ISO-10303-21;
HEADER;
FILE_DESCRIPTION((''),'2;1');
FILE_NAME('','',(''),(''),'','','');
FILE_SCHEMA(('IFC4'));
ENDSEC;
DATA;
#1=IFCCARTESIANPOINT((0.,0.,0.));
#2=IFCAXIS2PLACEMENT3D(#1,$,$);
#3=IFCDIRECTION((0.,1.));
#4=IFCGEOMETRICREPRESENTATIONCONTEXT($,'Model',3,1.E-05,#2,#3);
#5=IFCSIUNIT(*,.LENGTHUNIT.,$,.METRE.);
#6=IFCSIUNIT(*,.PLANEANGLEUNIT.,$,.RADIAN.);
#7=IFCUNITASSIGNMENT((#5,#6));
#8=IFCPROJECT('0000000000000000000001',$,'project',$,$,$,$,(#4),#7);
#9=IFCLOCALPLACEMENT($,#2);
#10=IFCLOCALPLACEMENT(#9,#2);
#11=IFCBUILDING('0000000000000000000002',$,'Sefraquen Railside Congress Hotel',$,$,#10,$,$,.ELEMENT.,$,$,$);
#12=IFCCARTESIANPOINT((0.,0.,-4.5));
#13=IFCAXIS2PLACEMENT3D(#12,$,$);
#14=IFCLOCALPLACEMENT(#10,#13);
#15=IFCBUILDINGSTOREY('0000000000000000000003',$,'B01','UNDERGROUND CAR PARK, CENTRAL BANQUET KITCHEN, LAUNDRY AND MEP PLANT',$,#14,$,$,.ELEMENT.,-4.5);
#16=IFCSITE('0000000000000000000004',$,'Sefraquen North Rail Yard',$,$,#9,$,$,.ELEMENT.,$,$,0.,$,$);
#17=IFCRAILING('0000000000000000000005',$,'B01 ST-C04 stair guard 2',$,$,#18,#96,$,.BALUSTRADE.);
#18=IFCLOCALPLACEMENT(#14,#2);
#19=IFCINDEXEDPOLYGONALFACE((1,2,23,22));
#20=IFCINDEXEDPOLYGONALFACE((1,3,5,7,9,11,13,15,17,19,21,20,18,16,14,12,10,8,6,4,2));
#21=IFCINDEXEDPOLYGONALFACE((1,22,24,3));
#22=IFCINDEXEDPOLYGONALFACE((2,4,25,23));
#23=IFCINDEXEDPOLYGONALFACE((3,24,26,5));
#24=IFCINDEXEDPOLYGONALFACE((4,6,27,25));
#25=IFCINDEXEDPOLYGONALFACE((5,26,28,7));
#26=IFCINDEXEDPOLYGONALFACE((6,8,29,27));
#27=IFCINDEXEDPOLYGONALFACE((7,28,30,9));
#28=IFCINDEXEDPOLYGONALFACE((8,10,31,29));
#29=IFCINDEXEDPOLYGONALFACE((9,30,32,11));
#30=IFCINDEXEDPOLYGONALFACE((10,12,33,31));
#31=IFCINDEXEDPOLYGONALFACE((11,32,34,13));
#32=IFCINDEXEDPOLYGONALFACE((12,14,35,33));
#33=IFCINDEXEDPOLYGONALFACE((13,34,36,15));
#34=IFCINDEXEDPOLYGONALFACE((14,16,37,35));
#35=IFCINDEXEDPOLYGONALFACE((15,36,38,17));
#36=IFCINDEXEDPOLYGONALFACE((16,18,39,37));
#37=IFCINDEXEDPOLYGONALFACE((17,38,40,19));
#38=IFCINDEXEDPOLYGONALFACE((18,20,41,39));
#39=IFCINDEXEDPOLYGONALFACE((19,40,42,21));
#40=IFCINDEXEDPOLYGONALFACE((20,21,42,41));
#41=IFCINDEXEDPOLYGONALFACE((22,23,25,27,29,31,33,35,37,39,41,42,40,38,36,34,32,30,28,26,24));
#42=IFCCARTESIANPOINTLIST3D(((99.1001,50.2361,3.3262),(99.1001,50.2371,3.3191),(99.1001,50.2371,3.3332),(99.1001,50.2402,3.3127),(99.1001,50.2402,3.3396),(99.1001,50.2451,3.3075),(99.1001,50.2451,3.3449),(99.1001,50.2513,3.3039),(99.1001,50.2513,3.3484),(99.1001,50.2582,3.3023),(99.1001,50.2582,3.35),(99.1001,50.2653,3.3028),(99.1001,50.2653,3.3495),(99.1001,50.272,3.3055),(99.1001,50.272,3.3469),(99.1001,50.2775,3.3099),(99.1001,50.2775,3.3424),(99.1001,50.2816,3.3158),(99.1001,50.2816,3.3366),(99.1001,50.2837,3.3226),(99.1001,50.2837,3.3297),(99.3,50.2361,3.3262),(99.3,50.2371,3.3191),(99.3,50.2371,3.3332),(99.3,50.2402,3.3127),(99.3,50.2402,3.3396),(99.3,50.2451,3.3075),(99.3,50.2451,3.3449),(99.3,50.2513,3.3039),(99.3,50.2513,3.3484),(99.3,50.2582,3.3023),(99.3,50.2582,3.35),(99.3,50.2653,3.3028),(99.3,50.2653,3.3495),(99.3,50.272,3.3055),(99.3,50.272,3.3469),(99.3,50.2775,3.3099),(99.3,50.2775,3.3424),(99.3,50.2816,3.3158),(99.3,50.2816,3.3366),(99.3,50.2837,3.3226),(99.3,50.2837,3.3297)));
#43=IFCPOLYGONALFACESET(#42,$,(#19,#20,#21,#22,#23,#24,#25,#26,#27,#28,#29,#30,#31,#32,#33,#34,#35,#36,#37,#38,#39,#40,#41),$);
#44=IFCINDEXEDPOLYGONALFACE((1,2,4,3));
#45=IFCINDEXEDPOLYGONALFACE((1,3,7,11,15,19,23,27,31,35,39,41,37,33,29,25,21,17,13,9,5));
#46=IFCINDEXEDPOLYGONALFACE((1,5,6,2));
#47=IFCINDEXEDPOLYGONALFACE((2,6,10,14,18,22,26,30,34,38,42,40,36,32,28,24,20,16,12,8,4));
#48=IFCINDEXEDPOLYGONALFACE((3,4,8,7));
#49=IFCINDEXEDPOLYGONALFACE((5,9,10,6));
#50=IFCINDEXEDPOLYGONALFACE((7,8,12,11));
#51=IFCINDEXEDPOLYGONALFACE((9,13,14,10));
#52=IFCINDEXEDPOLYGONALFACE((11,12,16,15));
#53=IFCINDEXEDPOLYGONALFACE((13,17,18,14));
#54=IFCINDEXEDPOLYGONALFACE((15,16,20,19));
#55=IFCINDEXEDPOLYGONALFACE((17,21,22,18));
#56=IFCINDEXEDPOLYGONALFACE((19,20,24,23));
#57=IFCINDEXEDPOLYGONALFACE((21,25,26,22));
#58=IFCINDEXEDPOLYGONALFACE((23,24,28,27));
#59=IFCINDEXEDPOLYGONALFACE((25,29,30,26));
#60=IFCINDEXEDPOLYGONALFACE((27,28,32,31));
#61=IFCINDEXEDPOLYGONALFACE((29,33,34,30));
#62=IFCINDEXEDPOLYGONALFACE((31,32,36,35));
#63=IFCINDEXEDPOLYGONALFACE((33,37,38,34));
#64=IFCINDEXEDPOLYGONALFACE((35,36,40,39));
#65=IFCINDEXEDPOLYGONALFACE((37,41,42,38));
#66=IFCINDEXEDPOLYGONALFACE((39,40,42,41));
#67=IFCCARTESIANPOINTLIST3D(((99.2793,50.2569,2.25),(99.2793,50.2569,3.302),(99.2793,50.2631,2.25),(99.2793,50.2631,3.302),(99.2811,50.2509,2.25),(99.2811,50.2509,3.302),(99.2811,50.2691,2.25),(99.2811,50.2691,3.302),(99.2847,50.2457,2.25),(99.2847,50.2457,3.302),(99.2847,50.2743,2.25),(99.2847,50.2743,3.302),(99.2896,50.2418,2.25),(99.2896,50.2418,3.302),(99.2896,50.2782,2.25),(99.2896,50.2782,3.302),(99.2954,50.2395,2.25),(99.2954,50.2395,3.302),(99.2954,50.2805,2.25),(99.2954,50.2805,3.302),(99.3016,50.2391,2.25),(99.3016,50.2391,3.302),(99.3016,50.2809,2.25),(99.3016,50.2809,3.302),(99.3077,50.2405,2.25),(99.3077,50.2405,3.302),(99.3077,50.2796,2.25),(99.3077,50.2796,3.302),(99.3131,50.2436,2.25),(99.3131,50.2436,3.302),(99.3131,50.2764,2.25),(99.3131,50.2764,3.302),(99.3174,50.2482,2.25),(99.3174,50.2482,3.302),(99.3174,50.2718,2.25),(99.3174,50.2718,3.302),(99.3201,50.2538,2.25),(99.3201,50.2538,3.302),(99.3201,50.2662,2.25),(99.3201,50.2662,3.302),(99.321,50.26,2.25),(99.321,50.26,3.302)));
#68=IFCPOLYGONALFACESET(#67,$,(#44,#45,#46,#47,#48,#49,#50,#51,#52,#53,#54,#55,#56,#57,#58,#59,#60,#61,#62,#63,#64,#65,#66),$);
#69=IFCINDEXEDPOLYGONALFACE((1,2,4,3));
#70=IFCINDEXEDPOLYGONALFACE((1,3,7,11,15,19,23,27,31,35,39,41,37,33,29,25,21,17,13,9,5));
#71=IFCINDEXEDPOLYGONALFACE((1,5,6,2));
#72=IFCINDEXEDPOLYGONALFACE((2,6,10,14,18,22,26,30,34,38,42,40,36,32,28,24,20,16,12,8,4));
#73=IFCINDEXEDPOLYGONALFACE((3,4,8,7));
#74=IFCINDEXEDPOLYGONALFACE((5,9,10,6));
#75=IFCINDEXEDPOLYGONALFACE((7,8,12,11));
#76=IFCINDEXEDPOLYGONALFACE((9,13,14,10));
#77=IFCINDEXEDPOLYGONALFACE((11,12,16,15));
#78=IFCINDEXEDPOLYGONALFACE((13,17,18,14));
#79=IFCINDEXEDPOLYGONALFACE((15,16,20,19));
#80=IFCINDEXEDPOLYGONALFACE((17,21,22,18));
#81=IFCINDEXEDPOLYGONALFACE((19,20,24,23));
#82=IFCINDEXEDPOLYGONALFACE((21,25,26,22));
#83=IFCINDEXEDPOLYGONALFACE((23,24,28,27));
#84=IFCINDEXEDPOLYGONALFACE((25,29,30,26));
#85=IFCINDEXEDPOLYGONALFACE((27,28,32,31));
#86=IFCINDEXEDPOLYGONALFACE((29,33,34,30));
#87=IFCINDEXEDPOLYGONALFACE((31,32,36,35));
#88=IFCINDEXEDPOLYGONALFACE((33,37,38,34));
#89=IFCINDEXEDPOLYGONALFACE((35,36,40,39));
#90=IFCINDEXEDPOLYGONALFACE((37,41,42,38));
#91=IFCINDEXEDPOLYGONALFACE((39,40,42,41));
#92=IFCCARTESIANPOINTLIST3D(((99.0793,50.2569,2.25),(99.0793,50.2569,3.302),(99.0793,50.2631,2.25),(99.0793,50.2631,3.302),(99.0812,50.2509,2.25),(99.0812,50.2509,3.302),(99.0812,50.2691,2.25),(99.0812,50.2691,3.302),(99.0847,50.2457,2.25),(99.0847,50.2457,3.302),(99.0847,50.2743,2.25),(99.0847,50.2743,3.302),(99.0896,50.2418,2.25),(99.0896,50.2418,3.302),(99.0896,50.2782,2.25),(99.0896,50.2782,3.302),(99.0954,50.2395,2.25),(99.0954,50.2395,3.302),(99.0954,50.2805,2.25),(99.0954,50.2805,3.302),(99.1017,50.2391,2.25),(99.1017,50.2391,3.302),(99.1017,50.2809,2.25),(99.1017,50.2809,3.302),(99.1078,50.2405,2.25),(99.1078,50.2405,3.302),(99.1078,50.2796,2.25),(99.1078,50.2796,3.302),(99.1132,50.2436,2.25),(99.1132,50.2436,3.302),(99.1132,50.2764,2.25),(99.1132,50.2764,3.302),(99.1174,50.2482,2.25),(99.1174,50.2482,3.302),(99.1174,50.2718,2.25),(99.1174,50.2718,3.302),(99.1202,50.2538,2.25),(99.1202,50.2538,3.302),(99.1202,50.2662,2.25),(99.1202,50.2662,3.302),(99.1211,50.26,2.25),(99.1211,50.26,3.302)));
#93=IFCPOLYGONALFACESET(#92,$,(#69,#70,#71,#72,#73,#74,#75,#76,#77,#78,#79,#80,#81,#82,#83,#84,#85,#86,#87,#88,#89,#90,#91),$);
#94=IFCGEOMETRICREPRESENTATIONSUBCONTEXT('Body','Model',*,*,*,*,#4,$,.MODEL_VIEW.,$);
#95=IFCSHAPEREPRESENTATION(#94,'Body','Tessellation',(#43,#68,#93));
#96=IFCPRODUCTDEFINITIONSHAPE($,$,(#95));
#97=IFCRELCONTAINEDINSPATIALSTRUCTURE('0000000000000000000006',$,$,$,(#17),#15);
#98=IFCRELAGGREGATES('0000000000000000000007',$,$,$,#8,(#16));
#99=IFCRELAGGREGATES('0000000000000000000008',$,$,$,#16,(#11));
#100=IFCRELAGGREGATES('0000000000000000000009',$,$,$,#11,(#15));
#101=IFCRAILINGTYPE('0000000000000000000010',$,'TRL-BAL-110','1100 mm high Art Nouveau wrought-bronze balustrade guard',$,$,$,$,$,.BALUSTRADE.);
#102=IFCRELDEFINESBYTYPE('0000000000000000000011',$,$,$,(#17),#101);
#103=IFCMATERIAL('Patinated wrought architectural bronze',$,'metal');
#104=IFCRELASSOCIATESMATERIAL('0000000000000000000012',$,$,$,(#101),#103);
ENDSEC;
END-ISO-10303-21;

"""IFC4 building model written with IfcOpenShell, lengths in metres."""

from ifc_helpers import new_model, si_unit, direction, frame, origin, origin_2d, place, context, subcontext, project, spatial, circle, extrude, material, type_object, element, save


model = new_model("IFC4")

# Units and contexts
model_context = context("Model", 3, precision=1e-05, world=origin(), true_north=direction((0.0, 1.0)))
body_context = subcontext(model_context, "Body", "Model", "MODEL_VIEW")
ifc_project = project(units=[si_unit("LENGTHUNIT", "METRE"), si_unit("PLANEANGLEUNIT", "RADIAN")], contexts=[model_context])

# Site, building, storey
site_placement = place(None, origin())
site = spatial("IfcSite", under=ifc_project, at=site_placement, Name="Sefraquen North Rail Yard", CompositionType="ELEMENT", RefElevation=0.0)
building_placement = place(site_placement, origin())
building = spatial("IfcBuilding", under=site, at=building_placement, Name="Sefraquen Railside Congress Hotel", CompositionType="ELEMENT")
storey_placement = place(building_placement, frame((0.0, 0.0, -4.5)))
storey = spatial("IfcBuildingStorey", under=building, at=storey_placement, Name="B01", Description="UNDERGROUND CAR PARK, CENTRAL BANQUET KITCHEN, LAUNDRY AND MEP PLANT", CompositionType="ELEMENT", Elevation=-4.5)

# Railing
ifc_material_1 = material(Name="Patinated wrought architectural bronze", Category="metal")
railing_type_1 = type_object("IfcRailingType", Name="TRL-BAL-110", Description="1100 mm high Art Nouveau wrought-bronze balustrade guard", PredefinedType="BALUSTRADE", material=ifc_material_1)
railing_1_placement = place(storey_placement, frame((99.3, 50.26, 2.25)))
element("IfcRailing", 1, at=railing_1_placement, inside=storey, type_object=railing_type_1, Name="B01 ST-C04 stair guard 2", PredefinedType="BALUSTRADE", context=body_context, shape_type="SweptSolid", body=[
    extrude(circle(Radius=0.0239, at=origin_2d()), frame((0.0, 0.0, 1.0762), z_axis=(-1.0, 0.0, 0.0), x_axis=(0.0, -1.0, 0.0)), (0.0, 0.0, 1.0), 0.2),
    extrude(circle(Radius=0.021, at=origin_2d()), origin(), (0.0, 0.0, 1.0), 1.052),
    extrude(circle(Radius=0.021, at=origin_2d()), frame((-0.2, 0.0, 0.0)), (0.0, 0.0, 1.0), 1.052),
])

save(model, "model.ifc")
